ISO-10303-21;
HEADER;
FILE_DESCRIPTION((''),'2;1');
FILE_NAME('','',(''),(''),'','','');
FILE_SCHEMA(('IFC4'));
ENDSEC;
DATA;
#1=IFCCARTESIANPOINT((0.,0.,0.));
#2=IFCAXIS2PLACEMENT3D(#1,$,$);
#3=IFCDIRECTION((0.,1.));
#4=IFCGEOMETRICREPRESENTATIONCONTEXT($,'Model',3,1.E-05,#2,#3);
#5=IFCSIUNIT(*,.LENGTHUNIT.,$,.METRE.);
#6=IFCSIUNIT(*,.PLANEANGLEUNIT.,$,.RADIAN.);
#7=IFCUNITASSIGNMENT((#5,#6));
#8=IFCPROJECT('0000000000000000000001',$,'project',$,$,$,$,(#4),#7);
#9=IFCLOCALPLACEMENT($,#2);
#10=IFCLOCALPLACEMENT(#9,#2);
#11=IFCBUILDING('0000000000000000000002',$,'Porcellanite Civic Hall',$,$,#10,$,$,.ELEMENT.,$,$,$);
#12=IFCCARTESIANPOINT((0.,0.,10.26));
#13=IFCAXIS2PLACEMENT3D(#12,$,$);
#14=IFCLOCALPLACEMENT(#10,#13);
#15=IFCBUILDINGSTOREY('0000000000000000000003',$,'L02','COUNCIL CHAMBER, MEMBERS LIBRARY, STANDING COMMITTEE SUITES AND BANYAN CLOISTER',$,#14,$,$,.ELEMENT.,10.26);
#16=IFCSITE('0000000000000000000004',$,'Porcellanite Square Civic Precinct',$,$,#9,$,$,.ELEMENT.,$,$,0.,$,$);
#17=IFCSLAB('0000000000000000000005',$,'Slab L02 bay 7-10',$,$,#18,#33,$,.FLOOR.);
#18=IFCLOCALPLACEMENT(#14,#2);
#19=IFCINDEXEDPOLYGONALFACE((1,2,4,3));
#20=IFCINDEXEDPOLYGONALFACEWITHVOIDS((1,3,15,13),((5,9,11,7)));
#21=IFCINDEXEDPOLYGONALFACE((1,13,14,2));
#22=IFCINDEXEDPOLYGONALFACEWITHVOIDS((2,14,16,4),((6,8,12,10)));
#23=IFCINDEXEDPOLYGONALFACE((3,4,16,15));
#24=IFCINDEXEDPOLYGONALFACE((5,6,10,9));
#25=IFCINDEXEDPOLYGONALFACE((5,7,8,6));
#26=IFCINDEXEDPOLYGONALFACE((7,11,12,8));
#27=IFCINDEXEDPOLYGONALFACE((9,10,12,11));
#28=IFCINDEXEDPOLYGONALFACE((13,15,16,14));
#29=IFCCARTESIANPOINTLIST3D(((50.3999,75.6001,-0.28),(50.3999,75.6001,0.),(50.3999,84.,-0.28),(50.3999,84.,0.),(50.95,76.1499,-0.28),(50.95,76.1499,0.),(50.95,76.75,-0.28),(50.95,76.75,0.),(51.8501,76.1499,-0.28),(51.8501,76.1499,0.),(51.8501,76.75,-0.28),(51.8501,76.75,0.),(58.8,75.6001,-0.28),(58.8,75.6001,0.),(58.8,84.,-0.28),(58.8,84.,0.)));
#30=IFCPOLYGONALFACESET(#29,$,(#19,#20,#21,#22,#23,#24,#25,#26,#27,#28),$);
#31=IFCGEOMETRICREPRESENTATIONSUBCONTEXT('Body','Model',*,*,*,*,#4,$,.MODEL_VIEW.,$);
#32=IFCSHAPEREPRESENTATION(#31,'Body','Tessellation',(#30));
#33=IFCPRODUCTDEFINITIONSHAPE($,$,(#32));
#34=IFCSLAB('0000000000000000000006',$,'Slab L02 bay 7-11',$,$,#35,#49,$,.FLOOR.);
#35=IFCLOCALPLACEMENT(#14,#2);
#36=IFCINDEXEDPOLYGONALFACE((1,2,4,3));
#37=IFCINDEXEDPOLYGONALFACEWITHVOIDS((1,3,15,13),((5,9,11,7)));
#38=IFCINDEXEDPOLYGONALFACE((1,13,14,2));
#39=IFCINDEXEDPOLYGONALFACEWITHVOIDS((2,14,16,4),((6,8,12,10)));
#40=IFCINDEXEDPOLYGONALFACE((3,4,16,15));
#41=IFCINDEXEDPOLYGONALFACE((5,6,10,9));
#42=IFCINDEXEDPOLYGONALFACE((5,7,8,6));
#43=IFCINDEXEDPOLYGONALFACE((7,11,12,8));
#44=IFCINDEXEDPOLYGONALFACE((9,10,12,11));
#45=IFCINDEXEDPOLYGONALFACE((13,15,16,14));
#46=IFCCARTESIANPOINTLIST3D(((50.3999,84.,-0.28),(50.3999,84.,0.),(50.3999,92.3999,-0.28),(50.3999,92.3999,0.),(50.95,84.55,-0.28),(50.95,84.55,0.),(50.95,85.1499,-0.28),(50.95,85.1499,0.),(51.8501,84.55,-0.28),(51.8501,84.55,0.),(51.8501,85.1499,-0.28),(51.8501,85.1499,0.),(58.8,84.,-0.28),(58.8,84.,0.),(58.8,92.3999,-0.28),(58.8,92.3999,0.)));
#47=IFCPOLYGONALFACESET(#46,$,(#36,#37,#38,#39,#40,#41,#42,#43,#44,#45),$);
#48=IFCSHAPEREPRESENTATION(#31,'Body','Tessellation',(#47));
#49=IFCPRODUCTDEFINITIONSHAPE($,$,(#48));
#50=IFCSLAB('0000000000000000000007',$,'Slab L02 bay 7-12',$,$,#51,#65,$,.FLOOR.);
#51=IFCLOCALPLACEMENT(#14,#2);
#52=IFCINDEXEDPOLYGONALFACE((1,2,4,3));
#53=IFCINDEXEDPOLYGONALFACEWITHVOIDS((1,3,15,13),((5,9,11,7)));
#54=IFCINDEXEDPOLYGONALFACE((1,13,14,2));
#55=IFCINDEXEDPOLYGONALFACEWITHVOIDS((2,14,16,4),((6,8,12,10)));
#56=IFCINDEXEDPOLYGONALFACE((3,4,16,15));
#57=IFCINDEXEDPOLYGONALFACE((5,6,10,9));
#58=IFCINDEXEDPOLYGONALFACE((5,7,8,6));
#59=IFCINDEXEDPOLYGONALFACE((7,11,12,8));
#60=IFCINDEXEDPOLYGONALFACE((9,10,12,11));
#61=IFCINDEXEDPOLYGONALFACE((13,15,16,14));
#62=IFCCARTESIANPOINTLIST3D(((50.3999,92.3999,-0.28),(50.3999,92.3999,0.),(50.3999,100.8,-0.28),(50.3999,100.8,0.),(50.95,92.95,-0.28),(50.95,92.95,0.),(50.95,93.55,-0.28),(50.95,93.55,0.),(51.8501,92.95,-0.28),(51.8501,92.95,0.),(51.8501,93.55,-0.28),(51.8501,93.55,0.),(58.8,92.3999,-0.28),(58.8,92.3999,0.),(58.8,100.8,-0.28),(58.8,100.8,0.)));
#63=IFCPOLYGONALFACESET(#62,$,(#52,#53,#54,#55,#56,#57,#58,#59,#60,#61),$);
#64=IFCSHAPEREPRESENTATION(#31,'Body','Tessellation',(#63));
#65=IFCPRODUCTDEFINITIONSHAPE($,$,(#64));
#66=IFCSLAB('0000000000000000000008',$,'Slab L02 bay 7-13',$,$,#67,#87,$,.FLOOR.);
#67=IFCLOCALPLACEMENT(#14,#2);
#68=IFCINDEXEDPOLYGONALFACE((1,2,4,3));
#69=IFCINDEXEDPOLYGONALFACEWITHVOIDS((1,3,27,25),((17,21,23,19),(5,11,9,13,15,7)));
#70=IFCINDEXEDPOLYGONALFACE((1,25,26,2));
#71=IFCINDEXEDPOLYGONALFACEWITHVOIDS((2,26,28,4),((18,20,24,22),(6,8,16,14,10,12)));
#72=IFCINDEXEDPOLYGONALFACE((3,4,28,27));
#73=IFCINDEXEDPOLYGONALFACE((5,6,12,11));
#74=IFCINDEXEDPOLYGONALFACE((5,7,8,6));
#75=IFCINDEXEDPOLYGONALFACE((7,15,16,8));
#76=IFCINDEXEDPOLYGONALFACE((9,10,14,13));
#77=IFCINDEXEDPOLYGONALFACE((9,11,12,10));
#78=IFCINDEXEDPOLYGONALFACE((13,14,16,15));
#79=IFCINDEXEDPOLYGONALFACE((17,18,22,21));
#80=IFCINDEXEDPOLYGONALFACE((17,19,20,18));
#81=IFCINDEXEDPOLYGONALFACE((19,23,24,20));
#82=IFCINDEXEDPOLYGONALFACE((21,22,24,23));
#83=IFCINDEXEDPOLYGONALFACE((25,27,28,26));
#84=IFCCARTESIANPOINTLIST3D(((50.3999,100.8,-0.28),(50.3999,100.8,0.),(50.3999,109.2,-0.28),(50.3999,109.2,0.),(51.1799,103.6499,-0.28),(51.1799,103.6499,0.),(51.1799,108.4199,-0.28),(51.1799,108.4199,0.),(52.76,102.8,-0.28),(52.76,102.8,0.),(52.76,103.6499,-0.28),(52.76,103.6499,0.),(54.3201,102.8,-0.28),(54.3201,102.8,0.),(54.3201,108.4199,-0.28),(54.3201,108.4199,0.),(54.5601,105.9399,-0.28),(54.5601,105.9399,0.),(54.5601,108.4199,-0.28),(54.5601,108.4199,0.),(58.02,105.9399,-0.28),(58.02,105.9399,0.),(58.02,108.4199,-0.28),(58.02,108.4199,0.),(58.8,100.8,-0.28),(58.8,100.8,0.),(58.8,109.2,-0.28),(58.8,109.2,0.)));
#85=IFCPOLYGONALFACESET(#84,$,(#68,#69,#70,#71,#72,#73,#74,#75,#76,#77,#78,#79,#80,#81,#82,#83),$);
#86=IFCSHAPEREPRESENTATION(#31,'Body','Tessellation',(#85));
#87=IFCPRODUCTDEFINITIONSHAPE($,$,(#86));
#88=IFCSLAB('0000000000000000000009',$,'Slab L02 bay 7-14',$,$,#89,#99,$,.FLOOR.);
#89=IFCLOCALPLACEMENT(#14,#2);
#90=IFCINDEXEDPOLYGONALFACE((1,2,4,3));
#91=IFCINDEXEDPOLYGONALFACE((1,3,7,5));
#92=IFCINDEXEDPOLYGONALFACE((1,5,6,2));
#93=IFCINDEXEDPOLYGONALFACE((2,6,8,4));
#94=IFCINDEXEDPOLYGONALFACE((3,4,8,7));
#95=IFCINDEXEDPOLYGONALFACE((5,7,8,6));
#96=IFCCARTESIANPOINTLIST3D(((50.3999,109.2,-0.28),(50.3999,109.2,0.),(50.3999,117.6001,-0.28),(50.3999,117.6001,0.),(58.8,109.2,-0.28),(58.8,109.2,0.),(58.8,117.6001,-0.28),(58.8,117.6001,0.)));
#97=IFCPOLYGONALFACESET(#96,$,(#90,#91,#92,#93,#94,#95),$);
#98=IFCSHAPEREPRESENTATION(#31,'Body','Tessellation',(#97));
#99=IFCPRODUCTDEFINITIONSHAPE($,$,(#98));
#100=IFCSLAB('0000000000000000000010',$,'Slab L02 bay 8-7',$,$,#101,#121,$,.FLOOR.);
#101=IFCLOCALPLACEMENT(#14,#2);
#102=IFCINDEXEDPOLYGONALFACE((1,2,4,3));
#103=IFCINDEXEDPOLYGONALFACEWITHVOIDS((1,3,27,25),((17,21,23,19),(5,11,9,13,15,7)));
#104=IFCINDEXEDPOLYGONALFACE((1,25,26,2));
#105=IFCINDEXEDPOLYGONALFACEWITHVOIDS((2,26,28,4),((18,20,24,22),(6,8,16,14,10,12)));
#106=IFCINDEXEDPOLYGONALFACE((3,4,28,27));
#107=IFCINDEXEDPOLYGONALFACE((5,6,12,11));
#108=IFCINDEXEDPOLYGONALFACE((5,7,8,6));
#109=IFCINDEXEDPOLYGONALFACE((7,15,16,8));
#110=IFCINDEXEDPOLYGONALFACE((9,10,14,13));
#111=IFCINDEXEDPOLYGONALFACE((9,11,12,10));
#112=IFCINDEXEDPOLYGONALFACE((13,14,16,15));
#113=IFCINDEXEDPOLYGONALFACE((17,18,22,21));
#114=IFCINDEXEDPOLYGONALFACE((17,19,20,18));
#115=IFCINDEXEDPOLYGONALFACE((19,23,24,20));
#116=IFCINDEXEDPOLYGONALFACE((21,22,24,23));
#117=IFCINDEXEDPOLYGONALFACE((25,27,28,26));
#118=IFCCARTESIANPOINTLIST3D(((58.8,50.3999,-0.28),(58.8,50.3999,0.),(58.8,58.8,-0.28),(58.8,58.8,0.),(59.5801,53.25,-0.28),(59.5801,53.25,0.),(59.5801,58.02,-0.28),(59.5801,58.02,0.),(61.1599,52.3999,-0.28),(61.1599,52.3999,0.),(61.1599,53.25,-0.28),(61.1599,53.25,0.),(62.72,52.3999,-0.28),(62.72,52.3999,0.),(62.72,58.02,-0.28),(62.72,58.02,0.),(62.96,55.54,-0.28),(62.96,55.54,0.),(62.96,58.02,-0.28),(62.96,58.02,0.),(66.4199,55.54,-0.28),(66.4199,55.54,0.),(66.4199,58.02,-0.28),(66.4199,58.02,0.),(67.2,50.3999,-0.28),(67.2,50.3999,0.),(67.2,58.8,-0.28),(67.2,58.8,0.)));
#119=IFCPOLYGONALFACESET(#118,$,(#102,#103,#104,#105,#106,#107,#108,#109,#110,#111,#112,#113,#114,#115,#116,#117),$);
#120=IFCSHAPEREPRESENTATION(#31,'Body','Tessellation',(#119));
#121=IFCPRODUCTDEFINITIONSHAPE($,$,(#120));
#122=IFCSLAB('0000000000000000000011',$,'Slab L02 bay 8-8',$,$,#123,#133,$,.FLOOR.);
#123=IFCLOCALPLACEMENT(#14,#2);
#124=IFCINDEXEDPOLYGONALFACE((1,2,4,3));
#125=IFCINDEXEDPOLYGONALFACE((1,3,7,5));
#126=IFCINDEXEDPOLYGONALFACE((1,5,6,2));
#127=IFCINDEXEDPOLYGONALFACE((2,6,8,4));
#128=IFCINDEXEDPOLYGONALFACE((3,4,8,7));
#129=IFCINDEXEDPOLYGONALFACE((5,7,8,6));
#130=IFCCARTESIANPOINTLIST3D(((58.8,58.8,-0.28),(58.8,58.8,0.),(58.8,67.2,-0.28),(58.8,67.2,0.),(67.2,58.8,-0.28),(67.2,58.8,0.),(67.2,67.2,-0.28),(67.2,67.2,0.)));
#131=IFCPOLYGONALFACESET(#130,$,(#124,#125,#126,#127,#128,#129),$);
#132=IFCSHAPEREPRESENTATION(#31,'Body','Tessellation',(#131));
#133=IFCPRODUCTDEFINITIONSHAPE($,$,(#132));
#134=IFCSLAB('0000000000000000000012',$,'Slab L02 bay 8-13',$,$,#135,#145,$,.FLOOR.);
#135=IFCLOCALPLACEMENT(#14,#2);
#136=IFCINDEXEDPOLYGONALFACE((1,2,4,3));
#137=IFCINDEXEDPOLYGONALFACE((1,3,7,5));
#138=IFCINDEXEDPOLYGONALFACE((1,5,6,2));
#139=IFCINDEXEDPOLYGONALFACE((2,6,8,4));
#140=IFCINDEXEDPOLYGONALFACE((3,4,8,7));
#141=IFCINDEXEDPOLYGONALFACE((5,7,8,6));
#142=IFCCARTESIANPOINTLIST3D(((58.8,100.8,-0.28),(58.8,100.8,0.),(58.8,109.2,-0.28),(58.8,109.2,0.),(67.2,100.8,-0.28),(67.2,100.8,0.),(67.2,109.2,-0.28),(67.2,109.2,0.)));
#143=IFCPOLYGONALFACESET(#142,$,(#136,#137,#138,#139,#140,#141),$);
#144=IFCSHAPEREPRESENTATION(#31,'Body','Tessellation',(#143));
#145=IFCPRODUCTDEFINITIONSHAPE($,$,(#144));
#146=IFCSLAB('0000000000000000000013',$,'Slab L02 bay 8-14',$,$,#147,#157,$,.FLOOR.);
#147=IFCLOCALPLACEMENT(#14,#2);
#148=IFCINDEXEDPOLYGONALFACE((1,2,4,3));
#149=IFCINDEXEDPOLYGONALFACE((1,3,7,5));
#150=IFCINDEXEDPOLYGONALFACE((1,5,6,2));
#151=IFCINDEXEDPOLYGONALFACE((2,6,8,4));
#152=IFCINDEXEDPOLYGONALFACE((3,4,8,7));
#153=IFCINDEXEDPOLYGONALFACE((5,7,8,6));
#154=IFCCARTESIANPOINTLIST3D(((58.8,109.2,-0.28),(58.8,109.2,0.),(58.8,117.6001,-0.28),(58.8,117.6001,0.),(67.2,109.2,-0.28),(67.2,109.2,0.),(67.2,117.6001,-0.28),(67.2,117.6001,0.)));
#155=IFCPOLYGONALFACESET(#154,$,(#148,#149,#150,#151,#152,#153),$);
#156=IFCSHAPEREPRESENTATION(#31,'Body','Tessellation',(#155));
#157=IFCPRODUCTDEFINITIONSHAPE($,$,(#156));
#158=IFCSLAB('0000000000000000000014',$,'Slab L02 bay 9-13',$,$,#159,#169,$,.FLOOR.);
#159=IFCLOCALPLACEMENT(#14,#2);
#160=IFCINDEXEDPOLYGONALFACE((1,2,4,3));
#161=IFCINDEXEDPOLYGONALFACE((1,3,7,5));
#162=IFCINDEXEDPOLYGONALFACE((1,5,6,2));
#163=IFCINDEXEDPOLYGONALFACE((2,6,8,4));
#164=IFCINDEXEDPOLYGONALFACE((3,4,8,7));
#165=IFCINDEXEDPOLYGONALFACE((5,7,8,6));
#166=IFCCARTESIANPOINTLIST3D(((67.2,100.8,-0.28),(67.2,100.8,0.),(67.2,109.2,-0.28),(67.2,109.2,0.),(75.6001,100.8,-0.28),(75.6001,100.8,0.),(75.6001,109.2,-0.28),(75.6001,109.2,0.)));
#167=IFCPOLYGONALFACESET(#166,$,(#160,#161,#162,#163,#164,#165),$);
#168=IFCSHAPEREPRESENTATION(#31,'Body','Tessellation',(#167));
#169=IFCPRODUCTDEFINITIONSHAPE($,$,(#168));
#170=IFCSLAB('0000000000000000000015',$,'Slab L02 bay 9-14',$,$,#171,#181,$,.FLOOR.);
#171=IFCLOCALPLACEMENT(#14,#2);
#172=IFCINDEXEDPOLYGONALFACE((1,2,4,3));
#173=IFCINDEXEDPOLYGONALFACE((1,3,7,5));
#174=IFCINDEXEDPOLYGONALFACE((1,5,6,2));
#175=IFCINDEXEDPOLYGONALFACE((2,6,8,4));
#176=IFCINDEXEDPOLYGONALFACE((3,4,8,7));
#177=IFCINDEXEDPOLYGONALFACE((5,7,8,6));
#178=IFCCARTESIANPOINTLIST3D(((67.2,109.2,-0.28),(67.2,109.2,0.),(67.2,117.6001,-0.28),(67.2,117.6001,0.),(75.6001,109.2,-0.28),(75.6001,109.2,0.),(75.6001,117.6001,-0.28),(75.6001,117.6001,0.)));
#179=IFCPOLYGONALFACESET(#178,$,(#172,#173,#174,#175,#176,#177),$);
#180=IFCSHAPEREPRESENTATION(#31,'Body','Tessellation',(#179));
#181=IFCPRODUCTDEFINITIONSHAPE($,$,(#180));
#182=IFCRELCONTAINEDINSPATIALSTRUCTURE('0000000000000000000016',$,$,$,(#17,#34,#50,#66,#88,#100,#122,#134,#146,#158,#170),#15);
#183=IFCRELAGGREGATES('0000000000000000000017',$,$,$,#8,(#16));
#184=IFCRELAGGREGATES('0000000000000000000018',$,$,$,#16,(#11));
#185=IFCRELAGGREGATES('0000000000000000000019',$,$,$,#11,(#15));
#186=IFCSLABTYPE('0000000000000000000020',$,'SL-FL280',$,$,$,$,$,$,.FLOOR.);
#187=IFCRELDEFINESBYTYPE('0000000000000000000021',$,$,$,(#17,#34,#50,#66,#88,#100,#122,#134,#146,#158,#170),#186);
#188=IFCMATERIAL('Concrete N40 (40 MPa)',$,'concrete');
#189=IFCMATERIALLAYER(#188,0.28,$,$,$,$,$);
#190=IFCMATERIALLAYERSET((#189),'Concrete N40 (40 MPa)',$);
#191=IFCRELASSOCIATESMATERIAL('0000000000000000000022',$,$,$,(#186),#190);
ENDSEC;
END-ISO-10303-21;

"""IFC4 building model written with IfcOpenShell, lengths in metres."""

from ifc_helpers import new_model, si_unit, direction, frame, origin, place, context, subcontext, project, spatial, polyline, outline, extrude, material, layer, layer_set, type_object, element, save


model = new_model("IFC4")

# Units and contexts
model_context = context("Model", 3, precision=1e-05, world=origin(), true_north=direction((0.0, 1.0)))
body_context = subcontext(model_context, "Body", "Model", "MODEL_VIEW")
ifc_project = project(units=[si_unit("LENGTHUNIT", "METRE"), si_unit("PLANEANGLEUNIT", "RADIAN")], contexts=[model_context])

# Site, building, storey
site_placement = place(None, origin())
site = spatial("IfcSite", under=ifc_project, at=site_placement, Name="Porcellanite Square Civic Precinct", CompositionType="ELEMENT", RefElevation=0.0)
building_placement = place(site_placement, origin())
building = spatial("IfcBuilding", under=site, at=building_placement, Name="Porcellanite Civic Hall", CompositionType="ELEMENT")
storey_placement = place(building_placement, frame((0.0, 0.0, 10.26)))
storey = spatial("IfcBuildingStorey", under=building, at=storey_placement, Name="L02", Description="COUNCIL CHAMBER, MEMBERS LIBRARY, STANDING COMMITTEE SUITES AND BANYAN CLOISTER", CompositionType="ELEMENT", Elevation=10.26)

# Slabs
ifc_material = material(Name="Concrete N40 (40 MPa)", Category="concrete")
ifc_layer = layer(ifc_material, 0.28)
ifc_layer_set = layer_set([ifc_layer], Name="Concrete N40 (40 MPa)")
slab_type = type_object("IfcSlabType", Name="SL-FL280", PredefinedType="FLOOR", material=ifc_layer_set)
slab_1_placement = place(storey_placement, frame((0.0, 0.0, -0.28)))
element("IfcSlab", 1, at=slab_1_placement, inside=storey, type_object=slab_type, Name="Slab L02 bay 7-10", PredefinedType="FLOOR", context=body_context, shape_type="SweptSolid", body=[
    extrude(outline(polyline([(50.3999, 75.6001), (58.8, 75.6001), (58.8, 84.0), (50.3999, 84.0), (50.3999, 75.6001)]), holes=[polyline([(50.95, 76.1499), (51.8501, 76.1499), (51.8501, 76.75), (50.95, 76.75), (50.95, 76.1499)])]), origin(), (0.0, 0.0, 1.0), 0.28),
])
slab_2_placement = place(storey_placement, frame((0.0, 0.0, -0.28)))
element("IfcSlab", 2, at=slab_2_placement, inside=storey, type_object=slab_type, Name="Slab L02 bay 7-11", PredefinedType="FLOOR", context=body_context, shape_type="SweptSolid", body=[
    extrude(outline(polyline([(50.3999, 84.0), (58.8, 84.0), (58.8, 92.3999), (50.3999, 92.3999), (50.3999, 84.0)]), holes=[polyline([(50.95, 84.55), (51.8501, 84.55), (51.8501, 85.1499), (50.95, 85.1499), (50.95, 84.55)])]), origin(), (0.0, 0.0, 1.0), 0.28),
])
slab_3_placement = place(storey_placement, frame((0.0, 0.0, -0.28)))
element("IfcSlab", 3, at=slab_3_placement, inside=storey, type_object=slab_type, Name="Slab L02 bay 7-12", PredefinedType="FLOOR", context=body_context, shape_type="SweptSolid", body=[
    extrude(outline(polyline([(50.3999, 92.3999), (58.8, 92.3999), (58.8, 100.8), (50.3999, 100.8), (50.3999, 92.3999)]), holes=[polyline([(50.95, 92.95), (51.8501, 92.95), (51.8501, 93.55), (50.95, 93.55), (50.95, 92.95)])]), origin(), (0.0, 0.0, 1.0), 0.28),
])
slab_4_placement = place(storey_placement, frame((0.0, 0.0, -0.28)))
element("IfcSlab", 4, at=slab_4_placement, inside=storey, type_object=slab_type, Name="Slab L02 bay 7-13", PredefinedType="FLOOR", context=body_context, shape_type="SweptSolid", body=[
    extrude(outline(polyline([(50.3999, 100.8), (58.8, 100.8), (58.8, 109.2), (50.3999, 109.2), (50.3999, 100.8)]), holes=[polyline([(51.1799, 103.6499), (52.76, 103.6499), (52.76, 102.8), (54.3201, 102.8), (54.3201, 108.4199), (51.1799, 108.4199), (51.1799, 103.6499)]), polyline([(54.5601, 105.9399), (58.02, 105.9399), (58.02, 108.4199), (54.5601, 108.4199), (54.5601, 105.9399)])]), origin(), (0.0, 0.0, 1.0), 0.28),
])
slab_5_placement = place(storey_placement, frame((0.0, 0.0, -0.28)))
element("IfcSlab", 5, at=slab_5_placement, inside=storey, type_object=slab_type, Name="Slab L02 bay 7-14", PredefinedType="FLOOR", context=body_context, shape_type="SweptSolid", body=[
    extrude(outline(polyline([(50.3999, 109.2), (58.8, 109.2), (58.8, 117.6001), (50.3999, 117.6001), (50.3999, 109.2)])), origin(), (0.0, 0.0, 1.0), 0.28),
])
slab_6_placement = place(storey_placement, frame((0.0, 0.0, -0.28)))
element("IfcSlab", 6, at=slab_6_placement, inside=storey, type_object=slab_type, Name="Slab L02 bay 8-7", PredefinedType="FLOOR", context=body_context, shape_type="SweptSolid", body=[
    extrude(outline(polyline([(58.8, 50.3999), (67.2, 50.3999), (67.2, 58.8), (58.8, 58.8), (58.8, 50.3999)]), holes=[polyline([(59.5801, 53.25), (61.1599, 53.25), (61.1599, 52.3999), (62.72, 52.3999), (62.72, 58.02), (59.5801, 58.02), (59.5801, 53.25)]), polyline([(62.96, 55.54), (66.4199, 55.54), (66.4199, 58.02), (62.96, 58.02), (62.96, 55.54)])]), origin(), (0.0, 0.0, 1.0), 0.28),
])
slab_7_placement = place(storey_placement, frame((0.0, 0.0, -0.28)))
element("IfcSlab", 7, at=slab_7_placement, inside=storey, type_object=slab_type, Name="Slab L02 bay 8-8", PredefinedType="FLOOR", context=body_context, shape_type="SweptSolid", body=[
    extrude(outline(polyline([(58.8, 58.8), (67.2, 58.8), (67.2, 67.2), (58.8, 67.2), (58.8, 58.8)])), origin(), (0.0, 0.0, 1.0), 0.28),
])
slab_8_placement = place(storey_placement, frame((0.0, 0.0, -0.28)))
element("IfcSlab", 8, at=slab_8_placement, inside=storey, type_object=slab_type, Name="Slab L02 bay 8-13", PredefinedType="FLOOR", context=body_context, shape_type="SweptSolid", body=[
    extrude(outline(polyline([(58.8, 100.8), (67.2, 100.8), (67.2, 109.2), (58.8, 109.2), (58.8, 100.8)])), origin(), (0.0, 0.0, 1.0), 0.28),
])
slab_9_placement = place(storey_placement, frame((0.0, 0.0, -0.28)))
element("IfcSlab", 9, at=slab_9_placement, inside=storey, type_object=slab_type, Name="Slab L02 bay 8-14", PredefinedType="FLOOR", context=body_context, shape_type="SweptSolid", body=[
    extrude(outline(polyline([(58.8, 109.2), (67.2, 109.2), (67.2, 117.6001), (58.8, 117.6001), (58.8, 109.2)])), origin(), (0.0, 0.0, 1.0), 0.28),
])
slab_10_placement = place(storey_placement, frame((0.0, 0.0, -0.28)))
element("IfcSlab", 10, at=slab_10_placement, inside=storey, type_object=slab_type, Name="Slab L02 bay 9-13", PredefinedType="FLOOR", context=body_context, shape_type="SweptSolid", body=[
    extrude(outline(polyline([(67.2, 100.8), (75.6001, 100.8), (75.6001, 109.2), (67.2, 109.2), (67.2, 100.8)])), origin(), (0.0, 0.0, 1.0), 0.28),
])
slab_11_placement = place(storey_placement, frame((0.0, 0.0, -0.28)))
element("IfcSlab", 11, at=slab_11_placement, inside=storey, type_object=slab_type, Name="Slab L02 bay 9-14", PredefinedType="FLOOR", context=body_context, shape_type="SweptSolid", body=[
    extrude(outline(polyline([(67.2, 109.2), (75.6001, 109.2), (75.6001, 117.6001), (67.2, 117.6001), (67.2, 109.2)])), origin(), (0.0, 0.0, 1.0), 0.28),
])

save(model, "model.ifc")
